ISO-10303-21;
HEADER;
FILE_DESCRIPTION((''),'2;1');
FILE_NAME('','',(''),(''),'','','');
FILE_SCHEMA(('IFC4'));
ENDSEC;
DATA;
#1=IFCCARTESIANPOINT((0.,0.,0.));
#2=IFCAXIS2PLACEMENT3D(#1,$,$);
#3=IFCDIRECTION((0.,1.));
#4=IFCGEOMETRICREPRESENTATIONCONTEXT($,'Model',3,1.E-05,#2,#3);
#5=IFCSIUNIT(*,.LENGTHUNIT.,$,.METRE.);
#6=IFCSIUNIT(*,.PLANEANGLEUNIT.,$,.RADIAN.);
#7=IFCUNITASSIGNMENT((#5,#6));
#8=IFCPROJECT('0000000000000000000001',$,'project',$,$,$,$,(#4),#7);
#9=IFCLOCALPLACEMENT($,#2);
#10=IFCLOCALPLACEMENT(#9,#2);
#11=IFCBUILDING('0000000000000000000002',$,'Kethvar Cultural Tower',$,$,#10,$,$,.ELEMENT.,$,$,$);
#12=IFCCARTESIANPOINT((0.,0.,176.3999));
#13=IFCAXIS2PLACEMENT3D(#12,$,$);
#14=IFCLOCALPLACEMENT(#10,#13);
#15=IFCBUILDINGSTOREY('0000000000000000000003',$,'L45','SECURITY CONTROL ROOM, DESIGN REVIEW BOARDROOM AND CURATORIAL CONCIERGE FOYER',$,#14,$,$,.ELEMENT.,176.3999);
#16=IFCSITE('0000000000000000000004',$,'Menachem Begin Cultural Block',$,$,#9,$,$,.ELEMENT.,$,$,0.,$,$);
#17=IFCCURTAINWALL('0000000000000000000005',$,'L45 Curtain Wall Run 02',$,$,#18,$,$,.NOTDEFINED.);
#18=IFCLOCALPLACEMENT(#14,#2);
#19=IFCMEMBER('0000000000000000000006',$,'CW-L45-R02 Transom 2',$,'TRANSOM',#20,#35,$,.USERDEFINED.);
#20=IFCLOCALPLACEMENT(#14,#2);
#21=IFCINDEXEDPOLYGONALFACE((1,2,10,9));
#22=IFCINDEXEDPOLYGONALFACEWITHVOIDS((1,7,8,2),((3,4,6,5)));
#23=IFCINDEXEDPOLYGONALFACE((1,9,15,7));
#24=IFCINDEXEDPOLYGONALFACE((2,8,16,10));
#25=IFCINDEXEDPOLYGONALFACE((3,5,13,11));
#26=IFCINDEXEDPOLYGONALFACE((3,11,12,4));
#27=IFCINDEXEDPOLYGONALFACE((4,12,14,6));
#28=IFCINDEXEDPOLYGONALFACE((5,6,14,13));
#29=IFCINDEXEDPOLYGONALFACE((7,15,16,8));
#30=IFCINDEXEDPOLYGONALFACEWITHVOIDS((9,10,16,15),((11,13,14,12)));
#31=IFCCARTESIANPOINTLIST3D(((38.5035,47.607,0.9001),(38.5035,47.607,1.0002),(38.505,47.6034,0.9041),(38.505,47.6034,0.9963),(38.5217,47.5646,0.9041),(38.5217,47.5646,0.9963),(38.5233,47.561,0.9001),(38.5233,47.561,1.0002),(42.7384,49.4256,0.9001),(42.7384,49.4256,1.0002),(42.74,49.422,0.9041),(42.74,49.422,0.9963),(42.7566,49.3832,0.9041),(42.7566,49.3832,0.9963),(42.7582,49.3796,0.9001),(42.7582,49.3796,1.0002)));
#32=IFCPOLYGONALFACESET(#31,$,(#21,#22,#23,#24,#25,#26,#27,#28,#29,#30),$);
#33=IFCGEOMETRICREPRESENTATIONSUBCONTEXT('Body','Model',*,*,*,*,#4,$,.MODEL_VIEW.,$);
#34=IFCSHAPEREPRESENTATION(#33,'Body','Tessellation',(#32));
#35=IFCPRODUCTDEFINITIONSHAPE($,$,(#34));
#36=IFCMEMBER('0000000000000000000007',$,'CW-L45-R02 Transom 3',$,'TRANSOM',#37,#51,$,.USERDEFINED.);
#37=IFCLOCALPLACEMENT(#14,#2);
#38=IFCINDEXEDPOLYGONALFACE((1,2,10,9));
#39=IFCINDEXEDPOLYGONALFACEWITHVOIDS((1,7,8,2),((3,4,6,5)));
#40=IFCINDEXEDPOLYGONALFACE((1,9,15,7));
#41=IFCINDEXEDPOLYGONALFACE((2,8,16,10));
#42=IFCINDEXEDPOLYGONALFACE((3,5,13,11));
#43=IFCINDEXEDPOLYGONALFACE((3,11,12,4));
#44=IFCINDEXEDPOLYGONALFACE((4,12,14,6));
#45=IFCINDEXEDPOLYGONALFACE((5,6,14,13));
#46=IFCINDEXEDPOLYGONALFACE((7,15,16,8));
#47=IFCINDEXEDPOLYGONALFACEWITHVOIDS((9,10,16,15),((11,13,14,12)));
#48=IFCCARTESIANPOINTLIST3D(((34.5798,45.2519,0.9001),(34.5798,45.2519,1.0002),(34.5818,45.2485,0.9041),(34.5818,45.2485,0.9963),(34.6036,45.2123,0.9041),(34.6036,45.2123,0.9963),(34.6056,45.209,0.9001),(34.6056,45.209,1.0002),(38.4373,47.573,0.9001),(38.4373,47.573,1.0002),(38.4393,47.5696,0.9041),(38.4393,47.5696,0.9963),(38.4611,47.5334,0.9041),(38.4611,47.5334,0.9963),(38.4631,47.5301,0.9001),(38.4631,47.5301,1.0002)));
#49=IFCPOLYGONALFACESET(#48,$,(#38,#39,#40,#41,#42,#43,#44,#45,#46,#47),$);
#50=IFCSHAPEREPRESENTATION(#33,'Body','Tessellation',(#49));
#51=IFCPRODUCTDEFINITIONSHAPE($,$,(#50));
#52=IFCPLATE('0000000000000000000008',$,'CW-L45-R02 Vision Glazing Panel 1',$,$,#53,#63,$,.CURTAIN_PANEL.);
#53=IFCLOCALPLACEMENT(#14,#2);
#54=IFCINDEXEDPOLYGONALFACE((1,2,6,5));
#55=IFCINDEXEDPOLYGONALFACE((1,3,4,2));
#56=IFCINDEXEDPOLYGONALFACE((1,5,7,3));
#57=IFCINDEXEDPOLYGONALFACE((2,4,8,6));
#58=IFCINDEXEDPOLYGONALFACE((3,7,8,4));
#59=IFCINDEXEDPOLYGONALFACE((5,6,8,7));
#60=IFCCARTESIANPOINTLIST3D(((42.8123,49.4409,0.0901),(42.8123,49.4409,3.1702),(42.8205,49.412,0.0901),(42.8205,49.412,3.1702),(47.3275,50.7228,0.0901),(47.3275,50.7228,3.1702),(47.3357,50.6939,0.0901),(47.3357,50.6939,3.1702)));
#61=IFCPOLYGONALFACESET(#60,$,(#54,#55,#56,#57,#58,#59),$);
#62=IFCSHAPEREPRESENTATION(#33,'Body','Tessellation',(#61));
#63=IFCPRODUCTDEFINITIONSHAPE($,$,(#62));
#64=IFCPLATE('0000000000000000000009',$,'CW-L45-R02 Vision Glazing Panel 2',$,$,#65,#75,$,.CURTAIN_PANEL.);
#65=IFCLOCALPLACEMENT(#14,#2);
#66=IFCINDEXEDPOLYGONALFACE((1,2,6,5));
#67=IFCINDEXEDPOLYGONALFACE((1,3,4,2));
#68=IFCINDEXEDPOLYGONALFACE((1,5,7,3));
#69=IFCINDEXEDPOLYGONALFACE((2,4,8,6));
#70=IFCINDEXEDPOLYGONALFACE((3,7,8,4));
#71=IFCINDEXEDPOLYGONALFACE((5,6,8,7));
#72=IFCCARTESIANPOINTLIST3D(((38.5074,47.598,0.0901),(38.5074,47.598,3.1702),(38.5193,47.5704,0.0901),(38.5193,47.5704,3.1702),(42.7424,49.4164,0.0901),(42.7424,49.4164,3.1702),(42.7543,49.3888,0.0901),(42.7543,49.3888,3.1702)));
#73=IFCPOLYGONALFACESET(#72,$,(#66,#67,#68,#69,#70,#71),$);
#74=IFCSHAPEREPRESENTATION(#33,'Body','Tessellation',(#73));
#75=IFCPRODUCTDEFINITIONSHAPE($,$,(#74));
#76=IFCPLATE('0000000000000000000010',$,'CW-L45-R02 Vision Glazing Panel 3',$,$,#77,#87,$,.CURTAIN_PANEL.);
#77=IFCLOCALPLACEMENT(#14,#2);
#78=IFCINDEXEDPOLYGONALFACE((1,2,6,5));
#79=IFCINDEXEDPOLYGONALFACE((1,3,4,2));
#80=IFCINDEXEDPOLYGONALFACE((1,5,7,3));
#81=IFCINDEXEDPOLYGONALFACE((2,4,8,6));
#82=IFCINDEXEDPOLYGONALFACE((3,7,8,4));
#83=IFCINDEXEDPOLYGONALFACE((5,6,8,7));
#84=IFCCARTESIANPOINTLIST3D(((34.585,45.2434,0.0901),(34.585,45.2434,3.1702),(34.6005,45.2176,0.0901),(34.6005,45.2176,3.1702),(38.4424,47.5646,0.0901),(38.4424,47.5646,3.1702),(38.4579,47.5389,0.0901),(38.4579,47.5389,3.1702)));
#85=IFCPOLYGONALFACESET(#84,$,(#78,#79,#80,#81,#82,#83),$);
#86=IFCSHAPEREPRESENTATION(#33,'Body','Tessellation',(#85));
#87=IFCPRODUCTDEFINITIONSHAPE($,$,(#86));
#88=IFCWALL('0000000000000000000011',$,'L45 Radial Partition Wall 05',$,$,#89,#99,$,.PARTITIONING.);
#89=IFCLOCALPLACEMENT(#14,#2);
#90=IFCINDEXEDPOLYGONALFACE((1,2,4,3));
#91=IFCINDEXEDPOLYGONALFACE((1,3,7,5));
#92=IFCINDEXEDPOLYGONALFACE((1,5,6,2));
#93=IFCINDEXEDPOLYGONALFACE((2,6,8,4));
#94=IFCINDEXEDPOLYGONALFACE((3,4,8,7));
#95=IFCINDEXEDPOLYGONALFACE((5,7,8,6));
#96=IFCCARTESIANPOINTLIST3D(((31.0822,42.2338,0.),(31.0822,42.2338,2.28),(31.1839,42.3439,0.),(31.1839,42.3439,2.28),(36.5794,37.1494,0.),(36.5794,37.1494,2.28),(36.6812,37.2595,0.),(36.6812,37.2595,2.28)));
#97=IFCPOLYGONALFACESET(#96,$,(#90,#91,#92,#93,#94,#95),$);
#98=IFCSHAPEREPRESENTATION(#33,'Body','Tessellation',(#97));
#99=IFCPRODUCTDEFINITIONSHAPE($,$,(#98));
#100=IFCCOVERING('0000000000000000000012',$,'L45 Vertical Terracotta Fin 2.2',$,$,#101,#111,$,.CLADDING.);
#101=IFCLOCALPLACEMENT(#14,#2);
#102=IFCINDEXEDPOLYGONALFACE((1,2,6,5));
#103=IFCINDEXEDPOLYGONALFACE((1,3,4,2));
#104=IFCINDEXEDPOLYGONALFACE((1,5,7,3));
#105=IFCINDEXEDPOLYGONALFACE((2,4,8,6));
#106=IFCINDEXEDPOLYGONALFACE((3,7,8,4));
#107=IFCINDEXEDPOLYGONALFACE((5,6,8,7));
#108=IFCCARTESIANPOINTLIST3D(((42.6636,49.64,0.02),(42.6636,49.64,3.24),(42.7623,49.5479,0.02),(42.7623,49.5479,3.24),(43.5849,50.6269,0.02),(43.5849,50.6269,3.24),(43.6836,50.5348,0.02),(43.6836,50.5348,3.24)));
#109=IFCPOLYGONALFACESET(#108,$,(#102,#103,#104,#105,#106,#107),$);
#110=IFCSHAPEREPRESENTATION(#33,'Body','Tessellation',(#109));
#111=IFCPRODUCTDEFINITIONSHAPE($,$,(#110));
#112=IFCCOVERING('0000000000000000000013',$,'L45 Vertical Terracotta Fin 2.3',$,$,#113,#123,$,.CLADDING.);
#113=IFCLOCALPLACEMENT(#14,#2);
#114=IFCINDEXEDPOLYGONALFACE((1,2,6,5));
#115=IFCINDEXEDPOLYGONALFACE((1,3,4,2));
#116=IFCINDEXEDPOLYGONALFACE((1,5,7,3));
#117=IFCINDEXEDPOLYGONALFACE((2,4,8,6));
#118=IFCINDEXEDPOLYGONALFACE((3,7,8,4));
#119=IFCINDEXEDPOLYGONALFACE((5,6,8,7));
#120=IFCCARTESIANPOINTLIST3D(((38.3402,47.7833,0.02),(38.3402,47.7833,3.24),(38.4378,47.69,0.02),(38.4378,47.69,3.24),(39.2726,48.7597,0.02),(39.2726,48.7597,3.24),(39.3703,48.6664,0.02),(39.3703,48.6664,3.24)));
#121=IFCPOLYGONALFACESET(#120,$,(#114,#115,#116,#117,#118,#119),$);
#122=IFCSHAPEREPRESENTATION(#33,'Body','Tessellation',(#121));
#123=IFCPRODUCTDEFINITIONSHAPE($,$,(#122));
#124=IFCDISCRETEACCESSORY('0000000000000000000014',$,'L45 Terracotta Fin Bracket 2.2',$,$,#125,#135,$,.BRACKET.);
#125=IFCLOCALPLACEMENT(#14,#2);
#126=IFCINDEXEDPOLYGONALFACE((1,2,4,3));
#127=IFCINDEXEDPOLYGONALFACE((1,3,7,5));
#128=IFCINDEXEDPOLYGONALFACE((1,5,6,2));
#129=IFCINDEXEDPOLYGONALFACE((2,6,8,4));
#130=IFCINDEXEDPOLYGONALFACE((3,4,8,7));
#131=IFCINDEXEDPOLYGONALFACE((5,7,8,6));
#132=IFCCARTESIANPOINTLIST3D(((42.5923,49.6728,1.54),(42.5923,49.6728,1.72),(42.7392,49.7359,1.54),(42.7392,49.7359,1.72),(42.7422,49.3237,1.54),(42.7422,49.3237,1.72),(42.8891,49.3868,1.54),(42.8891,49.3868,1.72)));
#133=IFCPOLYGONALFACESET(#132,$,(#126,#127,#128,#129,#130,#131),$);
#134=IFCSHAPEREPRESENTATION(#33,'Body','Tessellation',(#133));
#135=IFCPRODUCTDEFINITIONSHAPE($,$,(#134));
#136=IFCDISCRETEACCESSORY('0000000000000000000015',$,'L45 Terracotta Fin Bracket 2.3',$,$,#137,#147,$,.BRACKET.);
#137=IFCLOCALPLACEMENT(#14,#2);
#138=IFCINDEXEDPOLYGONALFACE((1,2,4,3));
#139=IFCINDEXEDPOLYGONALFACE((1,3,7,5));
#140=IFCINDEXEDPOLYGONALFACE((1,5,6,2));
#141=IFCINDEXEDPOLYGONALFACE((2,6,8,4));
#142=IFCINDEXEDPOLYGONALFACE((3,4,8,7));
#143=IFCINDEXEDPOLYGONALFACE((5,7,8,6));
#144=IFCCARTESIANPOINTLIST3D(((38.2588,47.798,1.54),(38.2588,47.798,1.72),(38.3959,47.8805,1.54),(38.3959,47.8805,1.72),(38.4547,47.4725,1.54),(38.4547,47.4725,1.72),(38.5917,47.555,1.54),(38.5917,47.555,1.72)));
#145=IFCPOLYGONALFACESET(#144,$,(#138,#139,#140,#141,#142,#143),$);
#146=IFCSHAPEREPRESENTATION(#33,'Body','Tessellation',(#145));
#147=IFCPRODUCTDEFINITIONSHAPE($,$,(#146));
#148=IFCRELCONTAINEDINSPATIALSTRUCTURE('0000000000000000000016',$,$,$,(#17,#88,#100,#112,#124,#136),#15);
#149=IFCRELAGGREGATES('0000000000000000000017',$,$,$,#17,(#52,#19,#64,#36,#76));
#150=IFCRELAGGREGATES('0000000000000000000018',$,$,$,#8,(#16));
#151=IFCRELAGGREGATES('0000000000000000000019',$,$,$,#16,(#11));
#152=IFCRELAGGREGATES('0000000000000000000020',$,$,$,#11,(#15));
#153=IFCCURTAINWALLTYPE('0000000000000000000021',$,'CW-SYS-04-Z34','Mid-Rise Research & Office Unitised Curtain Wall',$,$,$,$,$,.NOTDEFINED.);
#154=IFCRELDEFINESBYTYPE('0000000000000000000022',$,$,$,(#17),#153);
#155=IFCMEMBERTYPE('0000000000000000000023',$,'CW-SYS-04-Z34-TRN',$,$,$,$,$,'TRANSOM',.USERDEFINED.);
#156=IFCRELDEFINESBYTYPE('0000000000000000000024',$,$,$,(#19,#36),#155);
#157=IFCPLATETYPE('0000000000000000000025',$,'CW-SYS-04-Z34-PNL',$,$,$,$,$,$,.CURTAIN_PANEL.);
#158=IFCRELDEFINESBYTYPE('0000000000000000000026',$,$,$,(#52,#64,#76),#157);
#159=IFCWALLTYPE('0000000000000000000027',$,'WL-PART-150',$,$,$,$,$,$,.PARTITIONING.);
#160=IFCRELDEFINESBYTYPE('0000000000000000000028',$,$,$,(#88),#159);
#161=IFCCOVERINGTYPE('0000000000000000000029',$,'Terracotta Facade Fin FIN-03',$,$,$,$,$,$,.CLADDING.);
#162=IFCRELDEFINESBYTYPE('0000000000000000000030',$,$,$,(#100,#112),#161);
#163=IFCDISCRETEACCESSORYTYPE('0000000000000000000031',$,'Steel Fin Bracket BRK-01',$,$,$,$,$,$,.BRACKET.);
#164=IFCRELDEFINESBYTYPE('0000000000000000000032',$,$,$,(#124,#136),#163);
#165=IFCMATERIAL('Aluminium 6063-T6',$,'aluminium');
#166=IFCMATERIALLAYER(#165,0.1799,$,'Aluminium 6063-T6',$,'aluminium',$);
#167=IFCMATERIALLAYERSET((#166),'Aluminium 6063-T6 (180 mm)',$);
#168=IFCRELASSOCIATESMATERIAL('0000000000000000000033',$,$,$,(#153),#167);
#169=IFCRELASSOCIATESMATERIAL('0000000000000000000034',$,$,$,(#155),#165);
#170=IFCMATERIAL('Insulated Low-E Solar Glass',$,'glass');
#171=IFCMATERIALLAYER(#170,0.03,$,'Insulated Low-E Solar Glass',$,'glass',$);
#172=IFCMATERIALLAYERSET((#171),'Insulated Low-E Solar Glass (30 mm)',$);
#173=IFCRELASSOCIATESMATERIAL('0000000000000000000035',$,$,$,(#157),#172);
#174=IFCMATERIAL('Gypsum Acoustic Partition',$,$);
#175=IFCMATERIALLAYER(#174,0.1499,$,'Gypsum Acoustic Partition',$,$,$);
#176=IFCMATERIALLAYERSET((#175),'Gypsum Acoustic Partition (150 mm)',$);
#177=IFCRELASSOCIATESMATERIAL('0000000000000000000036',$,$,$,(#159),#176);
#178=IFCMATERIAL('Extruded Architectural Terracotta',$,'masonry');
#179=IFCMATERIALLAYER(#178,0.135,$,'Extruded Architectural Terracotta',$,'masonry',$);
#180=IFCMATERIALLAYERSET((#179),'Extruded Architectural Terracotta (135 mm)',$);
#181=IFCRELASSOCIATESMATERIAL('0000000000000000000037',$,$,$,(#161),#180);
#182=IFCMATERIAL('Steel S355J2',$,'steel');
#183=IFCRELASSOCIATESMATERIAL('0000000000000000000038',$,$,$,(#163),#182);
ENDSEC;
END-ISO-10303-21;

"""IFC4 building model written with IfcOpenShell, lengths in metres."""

from ifc_helpers import new_model, si_unit, direction, frame, frame_2d, origin, origin_2d, place, context, subcontext, project, spatial, rectangle, hollow_rectangle, extrude, source, transform, mapped, material, layer, layer_set, material_profile, profile_set, type_object, element, aggregate, save


model = new_model("IFC4")

# Units and contexts
model_context = context("Model", 3, precision=1e-05, world=origin(), true_north=direction((0.0, 1.0)))
body_context = subcontext(model_context, "Body", "Model", "MODEL_VIEW")
ifc_project = project(units=[si_unit("LENGTHUNIT", "METRE"), si_unit("PLANEANGLEUNIT", "RADIAN")], contexts=[model_context])

# Site, building, storey
site_placement = place(None, origin())
site = spatial("IfcSite", under=ifc_project, at=site_placement, Name="Menachem Begin Cultural Block", CompositionType="ELEMENT", RefElevation=0.0)
building_placement = place(site_placement, origin())
building = spatial("IfcBuilding", under=site, at=building_placement, Name="Kethvar Cultural Tower", CompositionType="ELEMENT")
storey_placement = place(building_placement, frame((0.0, 0.0, 176.3999)))
storey = spatial("IfcBuildingStorey", under=building, at=storey_placement, Name="L45", Description="SECURITY CONTROL ROOM, DESIGN REVIEW BOARDROOM AND CURATORIAL CONCIERGE FOYER", CompositionType="ELEMENT", Elevation=176.3999)

# Shared definitions
ifc_material_1 = material(Name="Steel S355J2", Category="steel")

# Curtain wall, members, plates
ifc_material_2 = material(Name="Aluminium 6063-T6", Category="aluminium")
ifc_layer_1 = layer(ifc_material_2, 0.1799, Name="Aluminium 6063-T6", Category="aluminium")
ifc_layer_set_1 = layer_set([ifc_layer_1], Name="Aluminium 6063-T6 (180 mm)")
curtain_wall_type = type_object("IfcCurtainWallType", Name="CW-SYS-04-Z34", Description="Mid-Rise Research & Office Unitised Curtain Wall", PredefinedType="NOTDEFINED", material=ifc_layer_set_1)
curtain_wall_placement = place(storey_placement, origin())
curtain_wall = element("IfcCurtainWall", 1, at=curtain_wall_placement, inside=storey, type_object=curtain_wall_type, Name="L45 Curtain Wall Run 02", PredefinedType="NOTDEFINED")
ifc_material_profile_1 = material_profile(ifc_material_2, hollow_rectangle(XDim=0.05, YDim=0.1001, WallThickness=0.0039, at=origin_2d()), Name="Aluminium 6063-T6 — RHS100x50x4")
ifc_profile_set_1 = profile_set([ifc_material_profile_1], Name="Aluminium 6063-T6 — RHS100x50x4")
member_type_1 = type_object("IfcMemberType", Name="CW-SYS-04-Z34-TRN", ElementType="TRANSOM", PredefinedType="USERDEFINED", material=ifc_profile_set_1)
shared_shape_1 = source(origin(), body_context, "Body", "SweptSolid", [
    extrude(hollow_rectangle(XDim=0.05, YDim=0.1001, WallThickness=0.0039, at=origin_2d()), origin(), (0.0, 0.0, 1.0), 4.6089),
])
member_1_placement = place(storey_placement, frame((42.7483, 49.4026, 0.9502), z_axis=(-0.918857, -0.39459, 0.0), x_axis=(0.39459, -0.918857, 0.0)))
member_1 = element("IfcMember", 2, at=member_1_placement, type_object=member_type_1, Name="CW-L45-R02 Transom 2", ObjectType="TRANSOM", PredefinedType="USERDEFINED", context=body_context, shape_type="MappedRepresentation", body=[
    mapped(shared_shape_1, transform((0.0, 0.0, 0.0), scale=1.0)),
])
shared_shape_2 = source(origin(), body_context, "Body", "SweptSolid", [
    extrude(hollow_rectangle(XDim=0.05, YDim=0.1001, WallThickness=0.0039, at=origin_2d()), origin(), (0.0, 0.0, 1.0), 4.502),
])
member_2_placement = place(storey_placement, frame((38.4502, 47.5515, 0.9502), z_axis=(-0.856846, -0.515572, 0.0), x_axis=(0.515572, -0.856846, 0.0)))
member_2 = element("IfcMember", 3, at=member_2_placement, type_object=member_type_1, Name="CW-L45-R02 Transom 3", ObjectType="TRANSOM", PredefinedType="USERDEFINED", context=body_context, shape_type="MappedRepresentation", body=[
    mapped(shared_shape_2, transform((0.0, 0.0, 0.0), scale=1.0)),
])
ifc_material_3 = material(Name="Insulated Low-E Solar Glass", Category="glass")
ifc_layer_2 = layer(ifc_material_3, 0.03, Name="Insulated Low-E Solar Glass", Category="glass")
ifc_layer_set_2 = layer_set([ifc_layer_2], Name="Insulated Low-E Solar Glass (30 mm)")
plate_type = type_object("IfcPlateType", Name="CW-SYS-04-Z34-PNL", PredefinedType="CURTAIN_PANEL", material=ifc_layer_set_2)
shared_shape_3 = source(origin(), body_context, "Body", "SweptSolid", [
    extrude(rectangle(XDim=4.6936, YDim=0.03, at=origin_2d()), origin(), (0.0, 0.0, 1.0), 3.0801),
])
plate_1_placement = place(storey_placement, frame((45.074, 50.0674, 0.0901), z_axis=(0.0, 0.0, 1.0), x_axis=(-0.96198, -0.27312, 0.0)))
plate_1 = element("IfcPlate", 4, at=plate_1_placement, type_object=plate_type, Name="CW-L45-R02 Vision Glazing Panel 1", PredefinedType="CURTAIN_PANEL", context=body_context, shape_type="MappedRepresentation", body=[
    mapped(shared_shape_3, transform((0.0, 0.0, 0.0), scale=1.0)),
])
shared_shape_4 = source(origin(), body_context, "Body", "SweptSolid", [
    extrude(rectangle(XDim=4.6089, YDim=0.03, at=origin_2d()), origin(), (0.0, 0.0, 1.0), 3.0801),
])
plate_2_placement = place(storey_placement, frame((40.6309, 48.4934, 0.0901), z_axis=(0.0, 0.0, 1.0), x_axis=(-0.918874, -0.394551, 0.0)))
plate_2 = element("IfcPlate", 5, at=plate_2_placement, type_object=plate_type, Name="CW-L45-R02 Vision Glazing Panel 2", PredefinedType="CURTAIN_PANEL", context=body_context, shape_type="MappedRepresentation", body=[
    mapped(shared_shape_4, transform((0.0, 0.0, 0.0), scale=1.0)),
])
shared_shape_5 = source(origin(), body_context, "Body", "SweptSolid", [
    extrude(rectangle(XDim=4.502, YDim=0.03, at=origin_2d()), origin(), (0.0, 0.0, 1.0), 3.0801),
])
plate_3_placement = place(storey_placement, frame((36.5215, 46.3911, 0.0901), z_axis=(0.0, 0.0, 1.0), x_axis=(-0.856826, -0.515606, 0.0)))
plate_3 = element("IfcPlate", 6, at=plate_3_placement, type_object=plate_type, Name="CW-L45-R02 Vision Glazing Panel 3", PredefinedType="CURTAIN_PANEL", context=body_context, shape_type="MappedRepresentation", body=[
    mapped(shared_shape_5, transform((0.0, 0.0, 0.0), scale=1.0)),
])
aggregate(curtain_wall, [plate_1, member_1, plate_2, member_2, plate_3])

# Wall
ifc_material_4 = material(Name="Gypsum Acoustic Partition")
ifc_layer_3 = layer(ifc_material_4, 0.1499, Name="Gypsum Acoustic Partition")
ifc_layer_set_3 = layer_set([ifc_layer_3], Name="Gypsum Acoustic Partition (150 mm)")
wall_type = type_object("IfcWallType", Name="WL-PART-150", PredefinedType="PARTITIONING", material=ifc_layer_set_3)
wall_placement = place(storey_placement, frame((36.6304, 37.2043, 0.0), z_axis=(0.0, 0.0, 1.0), x_axis=(-0.734136, 0.679003, 0.0)))
element("IfcWall", 7, at=wall_placement, inside=storey, type_object=wall_type, Name="L45 Radial Partition Wall 05", PredefinedType="PARTITIONING", context=body_context, shape_type="SweptSolid", body=[
    extrude(rectangle(XDim=7.488, YDim=0.1499, at=frame_2d((3.7441, 0.0))), origin(), (0.0, 0.0, 1.0), 2.28),
])

# Coverings
ifc_material_5 = material(Name="Extruded Architectural Terracotta", Category="masonry")
ifc_layer_4 = layer(ifc_material_5, 0.135, Name="Extruded Architectural Terracotta", Category="masonry")
ifc_layer_set_4 = layer_set([ifc_layer_4], Name="Extruded Architectural Terracotta (135 mm)")
covering_type = type_object("IfcCoveringType", Name="Terracotta Facade Fin FIN-03", PredefinedType="CLADDING", material=ifc_layer_set_4)
shared_shape_6 = source(origin(), body_context, "Body", "SweptSolid", [
    extrude(rectangle(XDim=1.3501, YDim=0.135, at=origin_2d()), origin(), (0.0, 0.0, 1.0), 3.22),
])
for number, where, z_axis, x_axis, name in (
    (8, (43.1736, 50.0874, 0.02), (0.0, 0.0, 1.0), (0.682381, 0.730997, 0.0), "L45 Vertical Terracotta Fin 2.2"),
    (9, (38.8552, 48.2249, 0.02), (0.0, 0.0, 1.0), (0.69063, 0.723208, 0.0), "L45 Vertical Terracotta Fin 2.3"),
):
    element("IfcCovering", number, at=place(storey_placement, frame(where, z_axis=z_axis, x_axis=x_axis)), inside=storey, type_object=covering_type, Name=name, PredefinedType="CLADDING", context=body_context, shape_type="MappedRepresentation", body=[
        mapped(shared_shape_6, transform((0.0, 0.0, 0.0), scale=1.0)),
    ])

# Discrete accessories
discrete_accessory_type = type_object("IfcDiscreteAccessoryType", Name="Steel Fin Bracket BRK-01", PredefinedType="BRACKET", material=ifc_material_1)
shared_shape_7 = source(origin(), body_context, "Body", "SweptSolid", [
    extrude(rectangle(XDim=0.3799, YDim=0.1599, at=origin_2d()), origin(), (0.0, 0.0, 1.0), 0.1799),
])
for number, where, z_axis, x_axis, name in (
    (10, (42.7407, 49.5298, 1.54), (0.0, 0.0, 1.0), (-0.394583, 0.91886, 0.0), "L45 Terracotta Fin Bracket 2.2"),
    (11, (38.4253, 47.6765, 1.54), (0.0, 0.0, 1.0), (-0.515636, 0.856808, 0.0), "L45 Terracotta Fin Bracket 2.3"),
):
    element("IfcDiscreteAccessory", number, at=place(storey_placement, frame(where, z_axis=z_axis, x_axis=x_axis)), inside=storey, type_object=discrete_accessory_type, Name=name, PredefinedType="BRACKET", context=body_context, shape_type="MappedRepresentation", body=[
        mapped(shared_shape_7, transform((0.0, 0.0, 0.0), scale=1.0)),
    ])

save(model, "model.ifc")
